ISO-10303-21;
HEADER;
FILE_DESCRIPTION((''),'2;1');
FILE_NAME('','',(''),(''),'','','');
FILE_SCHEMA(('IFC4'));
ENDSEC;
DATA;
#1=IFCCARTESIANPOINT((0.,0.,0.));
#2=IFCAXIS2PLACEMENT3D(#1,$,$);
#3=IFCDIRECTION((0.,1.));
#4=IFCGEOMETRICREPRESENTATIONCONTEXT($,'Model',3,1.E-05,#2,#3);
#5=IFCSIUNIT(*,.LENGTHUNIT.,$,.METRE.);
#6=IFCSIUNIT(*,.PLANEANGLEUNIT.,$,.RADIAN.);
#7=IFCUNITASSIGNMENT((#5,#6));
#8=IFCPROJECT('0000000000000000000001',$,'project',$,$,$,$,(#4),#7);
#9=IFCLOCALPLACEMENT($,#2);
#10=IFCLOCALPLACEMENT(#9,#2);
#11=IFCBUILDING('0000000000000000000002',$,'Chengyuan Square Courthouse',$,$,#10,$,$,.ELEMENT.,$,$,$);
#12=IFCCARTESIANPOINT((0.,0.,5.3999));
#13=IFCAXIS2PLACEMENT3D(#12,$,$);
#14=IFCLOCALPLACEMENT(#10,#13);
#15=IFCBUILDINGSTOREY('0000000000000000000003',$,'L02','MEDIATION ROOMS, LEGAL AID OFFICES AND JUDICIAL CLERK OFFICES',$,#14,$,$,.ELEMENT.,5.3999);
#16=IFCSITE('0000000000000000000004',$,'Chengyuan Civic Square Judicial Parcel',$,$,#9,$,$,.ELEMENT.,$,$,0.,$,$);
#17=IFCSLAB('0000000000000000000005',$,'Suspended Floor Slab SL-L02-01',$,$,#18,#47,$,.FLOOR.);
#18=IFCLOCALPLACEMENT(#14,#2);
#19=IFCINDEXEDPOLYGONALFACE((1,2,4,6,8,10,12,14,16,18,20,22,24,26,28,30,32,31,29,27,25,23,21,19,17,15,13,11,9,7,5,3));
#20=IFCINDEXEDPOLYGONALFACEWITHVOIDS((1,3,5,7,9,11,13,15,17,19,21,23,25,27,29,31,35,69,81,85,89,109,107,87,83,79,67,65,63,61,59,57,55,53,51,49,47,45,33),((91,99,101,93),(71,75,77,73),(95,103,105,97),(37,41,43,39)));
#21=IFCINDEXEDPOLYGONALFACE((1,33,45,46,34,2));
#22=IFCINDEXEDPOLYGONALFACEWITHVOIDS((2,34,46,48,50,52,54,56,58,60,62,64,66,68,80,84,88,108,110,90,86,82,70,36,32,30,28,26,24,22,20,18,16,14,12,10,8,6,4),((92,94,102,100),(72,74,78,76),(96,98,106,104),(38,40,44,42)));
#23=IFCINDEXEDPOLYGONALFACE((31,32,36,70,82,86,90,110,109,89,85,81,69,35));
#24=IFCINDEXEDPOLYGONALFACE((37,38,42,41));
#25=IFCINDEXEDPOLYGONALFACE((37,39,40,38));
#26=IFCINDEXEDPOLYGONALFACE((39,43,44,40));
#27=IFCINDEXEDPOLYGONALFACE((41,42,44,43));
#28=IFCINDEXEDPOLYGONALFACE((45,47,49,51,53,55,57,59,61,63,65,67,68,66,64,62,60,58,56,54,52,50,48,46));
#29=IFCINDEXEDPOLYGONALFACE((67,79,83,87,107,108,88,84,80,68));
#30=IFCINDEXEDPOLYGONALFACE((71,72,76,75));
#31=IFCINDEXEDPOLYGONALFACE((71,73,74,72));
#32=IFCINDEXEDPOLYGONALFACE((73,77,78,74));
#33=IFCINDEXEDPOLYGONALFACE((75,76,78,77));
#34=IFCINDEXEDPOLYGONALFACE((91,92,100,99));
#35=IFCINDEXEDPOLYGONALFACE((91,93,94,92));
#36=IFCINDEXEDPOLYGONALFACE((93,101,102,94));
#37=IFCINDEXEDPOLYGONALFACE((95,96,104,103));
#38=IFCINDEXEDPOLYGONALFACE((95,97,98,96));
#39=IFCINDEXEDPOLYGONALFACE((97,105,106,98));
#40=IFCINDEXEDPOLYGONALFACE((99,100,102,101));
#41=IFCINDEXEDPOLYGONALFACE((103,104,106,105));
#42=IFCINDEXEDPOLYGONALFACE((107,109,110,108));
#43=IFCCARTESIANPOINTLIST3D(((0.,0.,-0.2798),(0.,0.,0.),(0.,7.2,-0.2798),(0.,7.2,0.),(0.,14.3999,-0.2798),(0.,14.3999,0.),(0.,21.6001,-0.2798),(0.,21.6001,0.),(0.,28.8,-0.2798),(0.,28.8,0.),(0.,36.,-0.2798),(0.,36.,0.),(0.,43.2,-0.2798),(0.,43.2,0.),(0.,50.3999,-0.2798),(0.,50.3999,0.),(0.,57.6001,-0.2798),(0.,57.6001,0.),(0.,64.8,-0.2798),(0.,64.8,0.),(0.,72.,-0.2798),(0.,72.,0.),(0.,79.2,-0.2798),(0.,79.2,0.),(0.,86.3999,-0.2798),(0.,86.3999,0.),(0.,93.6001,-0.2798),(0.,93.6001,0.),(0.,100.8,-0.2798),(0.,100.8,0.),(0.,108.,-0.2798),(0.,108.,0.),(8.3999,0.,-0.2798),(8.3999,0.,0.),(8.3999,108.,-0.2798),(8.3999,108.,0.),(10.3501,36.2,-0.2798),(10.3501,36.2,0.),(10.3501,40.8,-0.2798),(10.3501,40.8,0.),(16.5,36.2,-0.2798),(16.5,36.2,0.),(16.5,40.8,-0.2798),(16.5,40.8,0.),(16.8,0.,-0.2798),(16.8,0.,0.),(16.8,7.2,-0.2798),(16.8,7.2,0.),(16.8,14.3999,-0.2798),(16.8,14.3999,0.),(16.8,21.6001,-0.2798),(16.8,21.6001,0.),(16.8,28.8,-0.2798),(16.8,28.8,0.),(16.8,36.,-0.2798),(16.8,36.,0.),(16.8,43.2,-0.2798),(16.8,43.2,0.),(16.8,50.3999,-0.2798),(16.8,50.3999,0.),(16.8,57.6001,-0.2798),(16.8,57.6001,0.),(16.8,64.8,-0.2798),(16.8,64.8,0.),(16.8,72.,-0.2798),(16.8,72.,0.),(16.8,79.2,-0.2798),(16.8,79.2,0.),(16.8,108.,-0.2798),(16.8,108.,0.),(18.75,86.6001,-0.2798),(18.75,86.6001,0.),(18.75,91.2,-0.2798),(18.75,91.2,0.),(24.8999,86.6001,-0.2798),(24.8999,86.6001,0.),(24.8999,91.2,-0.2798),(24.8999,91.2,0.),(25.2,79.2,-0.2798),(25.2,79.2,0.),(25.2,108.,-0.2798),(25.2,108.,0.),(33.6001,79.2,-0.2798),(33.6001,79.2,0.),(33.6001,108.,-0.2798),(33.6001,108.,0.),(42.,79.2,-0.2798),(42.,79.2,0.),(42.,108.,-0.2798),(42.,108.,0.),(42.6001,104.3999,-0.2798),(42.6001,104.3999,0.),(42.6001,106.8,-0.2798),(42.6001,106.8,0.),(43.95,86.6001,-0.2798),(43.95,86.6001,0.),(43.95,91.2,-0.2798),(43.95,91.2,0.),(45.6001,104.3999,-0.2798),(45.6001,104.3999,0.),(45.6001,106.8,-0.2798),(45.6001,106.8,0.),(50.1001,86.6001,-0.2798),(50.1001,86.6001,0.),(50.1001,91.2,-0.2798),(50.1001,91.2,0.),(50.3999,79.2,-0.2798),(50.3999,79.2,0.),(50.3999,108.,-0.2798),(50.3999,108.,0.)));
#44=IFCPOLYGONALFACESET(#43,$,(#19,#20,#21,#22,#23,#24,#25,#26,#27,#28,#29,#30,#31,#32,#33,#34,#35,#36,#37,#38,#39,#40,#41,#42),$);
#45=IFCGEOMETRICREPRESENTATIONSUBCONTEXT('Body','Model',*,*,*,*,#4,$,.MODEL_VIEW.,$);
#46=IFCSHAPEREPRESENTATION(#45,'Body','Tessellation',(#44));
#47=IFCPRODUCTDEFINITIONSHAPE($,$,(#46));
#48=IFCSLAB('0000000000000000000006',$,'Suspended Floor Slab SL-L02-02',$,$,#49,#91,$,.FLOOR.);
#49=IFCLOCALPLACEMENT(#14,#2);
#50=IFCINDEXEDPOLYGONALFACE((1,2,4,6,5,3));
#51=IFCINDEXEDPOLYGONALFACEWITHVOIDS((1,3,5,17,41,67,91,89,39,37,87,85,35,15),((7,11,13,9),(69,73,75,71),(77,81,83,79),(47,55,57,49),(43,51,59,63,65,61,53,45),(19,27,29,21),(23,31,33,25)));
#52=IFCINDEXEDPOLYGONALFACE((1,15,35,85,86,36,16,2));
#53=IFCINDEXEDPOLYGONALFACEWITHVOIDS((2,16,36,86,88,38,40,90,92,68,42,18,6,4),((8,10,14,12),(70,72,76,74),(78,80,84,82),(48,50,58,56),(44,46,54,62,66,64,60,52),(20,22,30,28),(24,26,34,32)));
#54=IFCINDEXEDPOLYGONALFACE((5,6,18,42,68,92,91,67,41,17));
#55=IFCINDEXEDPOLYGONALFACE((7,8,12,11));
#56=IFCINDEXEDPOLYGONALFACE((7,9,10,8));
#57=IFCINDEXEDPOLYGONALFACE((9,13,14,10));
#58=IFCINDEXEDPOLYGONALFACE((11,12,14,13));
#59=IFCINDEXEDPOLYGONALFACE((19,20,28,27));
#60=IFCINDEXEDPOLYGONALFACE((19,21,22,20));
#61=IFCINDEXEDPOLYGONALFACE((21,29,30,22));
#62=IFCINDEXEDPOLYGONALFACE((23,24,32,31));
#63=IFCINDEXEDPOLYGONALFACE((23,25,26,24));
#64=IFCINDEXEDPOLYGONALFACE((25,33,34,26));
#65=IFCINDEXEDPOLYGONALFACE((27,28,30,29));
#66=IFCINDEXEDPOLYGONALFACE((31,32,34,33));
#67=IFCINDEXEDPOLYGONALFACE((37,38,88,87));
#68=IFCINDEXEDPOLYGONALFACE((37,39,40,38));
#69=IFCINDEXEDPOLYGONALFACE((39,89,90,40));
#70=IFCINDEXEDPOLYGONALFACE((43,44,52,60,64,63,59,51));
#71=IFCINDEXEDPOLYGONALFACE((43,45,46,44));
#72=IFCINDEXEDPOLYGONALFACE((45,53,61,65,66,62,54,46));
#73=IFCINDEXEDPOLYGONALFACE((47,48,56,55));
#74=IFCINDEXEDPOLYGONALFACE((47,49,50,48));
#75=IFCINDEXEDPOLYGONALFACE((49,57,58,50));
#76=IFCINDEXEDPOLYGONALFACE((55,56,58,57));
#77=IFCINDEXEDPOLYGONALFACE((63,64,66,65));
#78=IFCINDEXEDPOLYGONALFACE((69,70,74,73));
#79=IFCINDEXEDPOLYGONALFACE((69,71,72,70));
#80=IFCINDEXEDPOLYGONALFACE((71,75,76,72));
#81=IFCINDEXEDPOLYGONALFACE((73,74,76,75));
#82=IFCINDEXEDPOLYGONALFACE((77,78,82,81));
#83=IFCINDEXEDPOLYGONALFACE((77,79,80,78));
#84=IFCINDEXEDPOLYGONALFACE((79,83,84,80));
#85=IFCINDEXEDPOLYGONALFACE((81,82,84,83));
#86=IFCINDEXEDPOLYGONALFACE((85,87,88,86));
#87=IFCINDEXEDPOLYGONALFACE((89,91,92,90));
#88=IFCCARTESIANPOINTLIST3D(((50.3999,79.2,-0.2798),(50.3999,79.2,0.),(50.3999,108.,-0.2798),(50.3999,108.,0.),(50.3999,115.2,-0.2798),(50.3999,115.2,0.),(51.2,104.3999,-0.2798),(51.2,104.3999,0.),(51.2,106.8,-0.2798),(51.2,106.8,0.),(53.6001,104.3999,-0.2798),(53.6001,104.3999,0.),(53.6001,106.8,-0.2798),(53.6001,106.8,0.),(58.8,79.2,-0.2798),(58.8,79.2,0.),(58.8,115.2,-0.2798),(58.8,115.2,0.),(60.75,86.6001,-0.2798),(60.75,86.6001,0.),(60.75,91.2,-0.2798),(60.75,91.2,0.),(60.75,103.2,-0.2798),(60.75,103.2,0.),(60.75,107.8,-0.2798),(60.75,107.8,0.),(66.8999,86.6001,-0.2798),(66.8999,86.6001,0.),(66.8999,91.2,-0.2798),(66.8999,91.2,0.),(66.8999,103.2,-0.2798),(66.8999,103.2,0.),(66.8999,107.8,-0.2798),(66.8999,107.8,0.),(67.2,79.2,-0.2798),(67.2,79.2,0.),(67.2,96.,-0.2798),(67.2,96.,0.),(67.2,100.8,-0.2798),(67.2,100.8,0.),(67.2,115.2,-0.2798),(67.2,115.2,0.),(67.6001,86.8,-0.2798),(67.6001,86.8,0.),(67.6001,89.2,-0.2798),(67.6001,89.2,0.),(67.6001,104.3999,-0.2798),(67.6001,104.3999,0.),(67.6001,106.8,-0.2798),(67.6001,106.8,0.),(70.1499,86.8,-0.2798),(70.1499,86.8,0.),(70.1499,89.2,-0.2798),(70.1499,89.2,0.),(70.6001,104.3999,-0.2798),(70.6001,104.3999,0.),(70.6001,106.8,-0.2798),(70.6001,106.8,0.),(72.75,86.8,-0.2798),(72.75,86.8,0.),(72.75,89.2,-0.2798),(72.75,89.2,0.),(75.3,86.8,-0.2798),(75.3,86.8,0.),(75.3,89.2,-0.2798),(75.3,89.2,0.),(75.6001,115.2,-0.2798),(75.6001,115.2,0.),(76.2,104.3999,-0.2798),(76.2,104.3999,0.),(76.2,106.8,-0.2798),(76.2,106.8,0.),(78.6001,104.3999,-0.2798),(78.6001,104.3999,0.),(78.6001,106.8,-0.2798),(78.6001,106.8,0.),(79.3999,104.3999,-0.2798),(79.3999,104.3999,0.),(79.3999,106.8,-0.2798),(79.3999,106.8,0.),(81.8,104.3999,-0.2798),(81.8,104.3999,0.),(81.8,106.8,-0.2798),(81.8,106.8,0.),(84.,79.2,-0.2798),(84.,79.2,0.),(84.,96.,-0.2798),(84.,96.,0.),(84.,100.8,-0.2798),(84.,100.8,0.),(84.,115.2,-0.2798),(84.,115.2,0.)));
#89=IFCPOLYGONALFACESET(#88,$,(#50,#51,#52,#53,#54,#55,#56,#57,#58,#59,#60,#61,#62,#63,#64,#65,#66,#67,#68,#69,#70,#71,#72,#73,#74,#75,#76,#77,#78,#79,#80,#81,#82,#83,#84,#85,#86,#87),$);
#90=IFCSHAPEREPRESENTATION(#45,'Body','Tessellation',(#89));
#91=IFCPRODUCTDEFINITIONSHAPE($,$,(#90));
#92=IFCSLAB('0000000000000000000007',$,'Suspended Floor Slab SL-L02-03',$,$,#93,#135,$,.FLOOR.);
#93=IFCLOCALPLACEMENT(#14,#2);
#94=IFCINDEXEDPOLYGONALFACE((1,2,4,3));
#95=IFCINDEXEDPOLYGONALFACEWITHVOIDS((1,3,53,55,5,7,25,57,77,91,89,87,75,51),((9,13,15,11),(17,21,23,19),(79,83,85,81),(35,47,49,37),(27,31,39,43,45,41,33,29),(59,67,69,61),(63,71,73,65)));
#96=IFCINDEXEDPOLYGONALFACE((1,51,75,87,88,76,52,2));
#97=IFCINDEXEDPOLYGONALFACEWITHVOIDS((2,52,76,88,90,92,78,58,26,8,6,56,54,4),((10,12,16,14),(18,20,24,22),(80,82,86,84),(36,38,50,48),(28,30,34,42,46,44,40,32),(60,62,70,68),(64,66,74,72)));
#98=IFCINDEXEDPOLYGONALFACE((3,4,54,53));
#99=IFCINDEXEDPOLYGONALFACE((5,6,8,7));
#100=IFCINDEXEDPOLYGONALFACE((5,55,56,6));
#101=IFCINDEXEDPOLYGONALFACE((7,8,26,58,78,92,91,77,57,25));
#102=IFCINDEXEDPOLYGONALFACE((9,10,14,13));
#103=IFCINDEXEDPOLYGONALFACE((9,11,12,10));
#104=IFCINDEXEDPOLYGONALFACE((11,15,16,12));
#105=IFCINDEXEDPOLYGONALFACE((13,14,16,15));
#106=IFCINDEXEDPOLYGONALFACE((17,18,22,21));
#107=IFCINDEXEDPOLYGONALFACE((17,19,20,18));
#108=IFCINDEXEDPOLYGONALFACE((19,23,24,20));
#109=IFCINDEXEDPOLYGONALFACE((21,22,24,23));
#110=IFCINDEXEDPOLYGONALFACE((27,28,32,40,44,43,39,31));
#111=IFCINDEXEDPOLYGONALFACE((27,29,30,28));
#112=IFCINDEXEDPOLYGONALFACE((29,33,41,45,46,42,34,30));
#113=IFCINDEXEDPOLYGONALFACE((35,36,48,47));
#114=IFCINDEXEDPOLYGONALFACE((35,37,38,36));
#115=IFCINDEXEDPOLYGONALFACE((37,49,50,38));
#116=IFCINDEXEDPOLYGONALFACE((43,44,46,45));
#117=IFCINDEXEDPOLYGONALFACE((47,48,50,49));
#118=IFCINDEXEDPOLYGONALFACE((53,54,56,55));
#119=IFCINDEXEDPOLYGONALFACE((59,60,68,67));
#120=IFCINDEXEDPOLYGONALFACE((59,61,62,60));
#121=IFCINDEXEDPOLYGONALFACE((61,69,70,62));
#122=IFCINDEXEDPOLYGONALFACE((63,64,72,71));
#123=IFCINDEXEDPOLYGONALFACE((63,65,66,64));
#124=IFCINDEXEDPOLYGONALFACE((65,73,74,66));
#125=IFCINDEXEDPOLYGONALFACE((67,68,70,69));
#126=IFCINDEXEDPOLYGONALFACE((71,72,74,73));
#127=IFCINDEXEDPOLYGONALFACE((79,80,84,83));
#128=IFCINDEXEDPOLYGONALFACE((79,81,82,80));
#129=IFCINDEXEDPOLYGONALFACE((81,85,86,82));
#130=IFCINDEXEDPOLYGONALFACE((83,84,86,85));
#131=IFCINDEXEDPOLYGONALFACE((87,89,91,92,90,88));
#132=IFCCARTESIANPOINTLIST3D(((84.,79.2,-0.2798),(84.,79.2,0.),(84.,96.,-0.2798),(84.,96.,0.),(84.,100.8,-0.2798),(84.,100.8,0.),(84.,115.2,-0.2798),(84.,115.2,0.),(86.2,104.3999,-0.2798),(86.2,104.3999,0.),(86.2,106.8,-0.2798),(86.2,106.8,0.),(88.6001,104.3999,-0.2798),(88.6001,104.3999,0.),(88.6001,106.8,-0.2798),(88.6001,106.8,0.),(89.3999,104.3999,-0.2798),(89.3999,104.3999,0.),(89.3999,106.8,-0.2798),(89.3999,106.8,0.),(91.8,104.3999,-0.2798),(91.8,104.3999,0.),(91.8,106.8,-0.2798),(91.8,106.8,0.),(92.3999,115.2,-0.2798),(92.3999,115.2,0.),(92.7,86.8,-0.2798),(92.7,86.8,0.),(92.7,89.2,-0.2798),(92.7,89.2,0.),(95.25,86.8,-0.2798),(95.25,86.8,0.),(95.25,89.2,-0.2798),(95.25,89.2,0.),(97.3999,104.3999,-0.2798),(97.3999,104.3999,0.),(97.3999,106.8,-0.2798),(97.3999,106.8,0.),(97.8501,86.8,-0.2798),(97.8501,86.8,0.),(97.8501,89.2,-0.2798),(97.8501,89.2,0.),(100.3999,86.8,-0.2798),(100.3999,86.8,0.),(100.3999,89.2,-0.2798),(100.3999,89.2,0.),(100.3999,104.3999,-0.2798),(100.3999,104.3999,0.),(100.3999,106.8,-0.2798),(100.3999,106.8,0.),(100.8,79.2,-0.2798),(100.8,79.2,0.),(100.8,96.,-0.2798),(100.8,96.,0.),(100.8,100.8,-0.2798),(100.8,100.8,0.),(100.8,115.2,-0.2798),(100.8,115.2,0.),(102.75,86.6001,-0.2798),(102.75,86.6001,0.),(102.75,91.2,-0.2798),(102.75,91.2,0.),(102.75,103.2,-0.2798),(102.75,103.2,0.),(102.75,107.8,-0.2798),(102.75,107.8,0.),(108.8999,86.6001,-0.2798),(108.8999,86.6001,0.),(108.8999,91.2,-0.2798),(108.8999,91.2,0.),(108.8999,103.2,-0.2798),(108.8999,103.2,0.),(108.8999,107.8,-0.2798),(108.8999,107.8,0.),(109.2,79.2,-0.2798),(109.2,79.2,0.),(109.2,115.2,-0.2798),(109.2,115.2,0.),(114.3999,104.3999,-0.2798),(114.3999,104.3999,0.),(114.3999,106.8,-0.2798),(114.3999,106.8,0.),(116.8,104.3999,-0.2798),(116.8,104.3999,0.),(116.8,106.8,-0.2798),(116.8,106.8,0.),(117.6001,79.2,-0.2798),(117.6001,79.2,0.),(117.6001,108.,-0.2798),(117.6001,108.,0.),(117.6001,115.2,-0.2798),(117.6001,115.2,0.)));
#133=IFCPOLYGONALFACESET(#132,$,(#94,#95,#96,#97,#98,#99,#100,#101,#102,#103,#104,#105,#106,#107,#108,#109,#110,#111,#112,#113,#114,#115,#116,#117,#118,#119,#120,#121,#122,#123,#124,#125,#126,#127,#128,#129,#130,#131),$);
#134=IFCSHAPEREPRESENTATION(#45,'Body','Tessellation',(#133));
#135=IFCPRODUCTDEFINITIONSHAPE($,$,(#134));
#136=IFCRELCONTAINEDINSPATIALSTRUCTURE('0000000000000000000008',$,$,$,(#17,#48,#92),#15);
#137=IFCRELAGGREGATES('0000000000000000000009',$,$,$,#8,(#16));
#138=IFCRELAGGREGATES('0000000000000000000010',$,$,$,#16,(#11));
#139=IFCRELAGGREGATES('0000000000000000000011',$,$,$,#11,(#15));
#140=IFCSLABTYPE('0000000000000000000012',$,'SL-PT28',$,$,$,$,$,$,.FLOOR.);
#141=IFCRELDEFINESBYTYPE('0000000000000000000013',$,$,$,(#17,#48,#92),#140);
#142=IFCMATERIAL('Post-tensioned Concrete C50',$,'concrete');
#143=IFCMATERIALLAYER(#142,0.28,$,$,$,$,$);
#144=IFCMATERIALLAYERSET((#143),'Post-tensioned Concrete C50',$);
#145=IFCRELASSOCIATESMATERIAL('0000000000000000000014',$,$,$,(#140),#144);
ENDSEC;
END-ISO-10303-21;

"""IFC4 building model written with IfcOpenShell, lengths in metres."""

from ifc_helpers import new_model, si_unit, direction, frame, origin, place, context, subcontext, project, spatial, polyline, outline, extrude, material, layer, layer_set, type_object, element, save


model = new_model("IFC4")

# Units and contexts
model_context = context("Model", 3, precision=1e-05, world=origin(), true_north=direction((0.0, 1.0)))
body_context = subcontext(model_context, "Body", "Model", "MODEL_VIEW")
ifc_project = project(units=[si_unit("LENGTHUNIT", "METRE"), si_unit("PLANEANGLEUNIT", "RADIAN")], contexts=[model_context])

# Site, building, storey
site_placement = place(None, origin())
site = spatial("IfcSite", under=ifc_project, at=site_placement, Name="Chengyuan Civic Square Judicial Parcel", CompositionType="ELEMENT", RefElevation=0.0)
building_placement = place(site_placement, origin())
building = spatial("IfcBuilding", under=site, at=building_placement, Name="Chengyuan Square Courthouse", CompositionType="ELEMENT")
storey_placement = place(building_placement, frame((0.0, 0.0, 5.3999)))
storey = spatial("IfcBuildingStorey", under=building, at=storey_placement, Name="L02", Description="MEDIATION ROOMS, LEGAL AID OFFICES AND JUDICIAL CLERK OFFICES", CompositionType="ELEMENT", Elevation=5.3999)

# Slabs
ifc_material_1 = material(Name="Post-tensioned Concrete C50", Category="concrete")
ifc_layer_1 = layer(ifc_material_1, 0.28)
ifc_layer_set_1 = layer_set([ifc_layer_1], Name="Post-tensioned Concrete C50")
slab_type_1 = type_object("IfcSlabType", Name="SL-PT28", PredefinedType="FLOOR", material=ifc_layer_set_1)
slab_1_placement = place(storey_placement, frame((0.0, 0.0, -0.2798)))
element("IfcSlab", 1, at=slab_1_placement, inside=storey, type_object=slab_type_1, Name="Suspended Floor Slab SL-L02-01", PredefinedType="FLOOR", context=body_context, shape_type="SweptSolid", body=[
    extrude(outline(polyline([(0.0, 36.0), (0.0, 43.2), (0.0, 50.3999), (0.0, 57.6001), (0.0, 64.8), (0.0, 72.0), (0.0, 79.2), (0.0, 86.3999), (0.0, 93.6001), (0.0, 100.8), (0.0, 108.0), (8.3999, 108.0), (16.8, 108.0), (25.2, 108.0), (33.6001, 108.0), (42.0, 108.0), (50.3999, 108.0), (50.3999, 79.2), (42.0, 79.2), (33.6001, 79.2), (25.2, 79.2), (16.8, 79.2), (16.8, 72.0), (16.8, 64.8), (16.8, 57.6001), (16.8, 50.3999), (16.8, 43.2), (16.8, 36.0), (16.8, 28.8), (16.8, 21.6001), (16.8, 14.3999), (16.8, 7.2), (16.8, 0.0), (8.3999, 0.0), (0.0, 0.0), (0.0, 7.2), (0.0, 14.3999), (0.0, 21.6001), (0.0, 28.8), (0.0, 36.0)]), holes=[polyline([(10.3501, 40.8), (10.3501, 36.2), (16.5, 36.2), (16.5, 40.8), (10.3501, 40.8)]), polyline([(24.8999, 91.2), (18.75, 91.2), (18.75, 86.6001), (24.8999, 86.6001), (24.8999, 91.2)]), polyline([(50.1001, 91.2), (43.95, 91.2), (43.95, 86.6001), (50.1001, 86.6001), (50.1001, 91.2)]), polyline([(45.6001, 106.8), (42.6001, 106.8), (42.6001, 104.3999), (45.6001, 104.3999), (45.6001, 106.8)])]), origin(), (0.0, 0.0, 1.0), 0.2798),
])
slab_2_placement = place(storey_placement, frame((0.0, 0.0, -0.2798)))
element("IfcSlab", 2, at=slab_2_placement, inside=storey, type_object=slab_type_1, Name="Suspended Floor Slab SL-L02-02", PredefinedType="FLOOR", context=body_context, shape_type="SweptSolid", body=[
    extrude(outline(polyline([(50.3999, 115.2), (58.8, 115.2), (67.2, 115.2), (75.6001, 115.2), (84.0, 115.2), (84.0, 100.8), (67.2, 100.8), (67.2, 96.0), (84.0, 96.0), (84.0, 79.2), (67.2, 79.2), (58.8, 79.2), (50.3999, 79.2), (50.3999, 108.0), (50.3999, 115.2)]), holes=[polyline([(70.1499, 89.2), (67.6001, 89.2), (67.6001, 86.8), (70.1499, 86.8), (72.75, 86.8), (75.3, 86.8), (75.3, 89.2), (72.75, 89.2), (70.1499, 89.2)]), polyline([(66.8999, 91.2), (60.75, 91.2), (60.75, 86.6001), (66.8999, 86.6001), (66.8999, 91.2)]), polyline([(66.8999, 107.8), (60.75, 107.8), (60.75, 103.2), (66.8999, 103.2), (66.8999, 107.8)]), polyline([(53.6001, 106.8), (51.2, 106.8), (51.2, 104.3999), (53.6001, 104.3999), (53.6001, 106.8)]), polyline([(70.6001, 106.8), (67.6001, 106.8), (67.6001, 104.3999), (70.6001, 104.3999), (70.6001, 106.8)]), polyline([(78.6001, 106.8), (76.2, 106.8), (76.2, 104.3999), (78.6001, 104.3999), (78.6001, 106.8)]), polyline([(81.8, 106.8), (79.3999, 106.8), (79.3999, 104.3999), (81.8, 104.3999), (81.8, 106.8)])]), origin(), (0.0, 0.0, 1.0), 0.2798),
])
slab_3_placement = place(storey_placement, frame((0.0, 0.0, -0.2798)))
element("IfcSlab", 3, at=slab_3_placement, inside=storey, type_object=slab_type_1, Name="Suspended Floor Slab SL-L02-03", PredefinedType="FLOOR", context=body_context, shape_type="SweptSolid", body=[
    extrude(outline(polyline([(92.3999, 115.2), (100.8, 115.2), (109.2, 115.2), (117.6001, 115.2), (117.6001, 108.0), (117.6001, 79.2), (109.2, 79.2), (100.8, 79.2), (84.0, 79.2), (84.0, 96.0), (100.8, 96.0), (100.8, 100.8), (84.0, 100.8), (84.0, 115.2), (92.3999, 115.2)]), holes=[polyline([(95.25, 89.2), (92.7, 89.2), (92.7, 86.8), (95.25, 86.8), (97.8501, 86.8), (100.3999, 86.8), (100.3999, 89.2), (97.8501, 89.2), (95.25, 89.2)]), polyline([(108.8999, 91.2), (102.75, 91.2), (102.75, 86.6001), (108.8999, 86.6001), (108.8999, 91.2)]), polyline([(108.8999, 107.8), (102.75, 107.8), (102.75, 103.2), (108.8999, 103.2), (108.8999, 107.8)]), polyline([(88.6001, 106.8), (86.2, 106.8), (86.2, 104.3999), (88.6001, 104.3999), (88.6001, 106.8)]), polyline([(91.8, 106.8), (89.3999, 106.8), (89.3999, 104.3999), (91.8, 104.3999), (91.8, 106.8)]), polyline([(100.3999, 106.8), (97.3999, 106.8), (97.3999, 104.3999), (100.3999, 104.3999), (100.3999, 106.8)]), polyline([(116.8, 106.8), (114.3999, 106.8), (114.3999, 104.3999), (116.8, 104.3999), (116.8, 106.8)])]), origin(), (0.0, 0.0, 1.0), 0.2798),
])

save(model, "model.ifc")
